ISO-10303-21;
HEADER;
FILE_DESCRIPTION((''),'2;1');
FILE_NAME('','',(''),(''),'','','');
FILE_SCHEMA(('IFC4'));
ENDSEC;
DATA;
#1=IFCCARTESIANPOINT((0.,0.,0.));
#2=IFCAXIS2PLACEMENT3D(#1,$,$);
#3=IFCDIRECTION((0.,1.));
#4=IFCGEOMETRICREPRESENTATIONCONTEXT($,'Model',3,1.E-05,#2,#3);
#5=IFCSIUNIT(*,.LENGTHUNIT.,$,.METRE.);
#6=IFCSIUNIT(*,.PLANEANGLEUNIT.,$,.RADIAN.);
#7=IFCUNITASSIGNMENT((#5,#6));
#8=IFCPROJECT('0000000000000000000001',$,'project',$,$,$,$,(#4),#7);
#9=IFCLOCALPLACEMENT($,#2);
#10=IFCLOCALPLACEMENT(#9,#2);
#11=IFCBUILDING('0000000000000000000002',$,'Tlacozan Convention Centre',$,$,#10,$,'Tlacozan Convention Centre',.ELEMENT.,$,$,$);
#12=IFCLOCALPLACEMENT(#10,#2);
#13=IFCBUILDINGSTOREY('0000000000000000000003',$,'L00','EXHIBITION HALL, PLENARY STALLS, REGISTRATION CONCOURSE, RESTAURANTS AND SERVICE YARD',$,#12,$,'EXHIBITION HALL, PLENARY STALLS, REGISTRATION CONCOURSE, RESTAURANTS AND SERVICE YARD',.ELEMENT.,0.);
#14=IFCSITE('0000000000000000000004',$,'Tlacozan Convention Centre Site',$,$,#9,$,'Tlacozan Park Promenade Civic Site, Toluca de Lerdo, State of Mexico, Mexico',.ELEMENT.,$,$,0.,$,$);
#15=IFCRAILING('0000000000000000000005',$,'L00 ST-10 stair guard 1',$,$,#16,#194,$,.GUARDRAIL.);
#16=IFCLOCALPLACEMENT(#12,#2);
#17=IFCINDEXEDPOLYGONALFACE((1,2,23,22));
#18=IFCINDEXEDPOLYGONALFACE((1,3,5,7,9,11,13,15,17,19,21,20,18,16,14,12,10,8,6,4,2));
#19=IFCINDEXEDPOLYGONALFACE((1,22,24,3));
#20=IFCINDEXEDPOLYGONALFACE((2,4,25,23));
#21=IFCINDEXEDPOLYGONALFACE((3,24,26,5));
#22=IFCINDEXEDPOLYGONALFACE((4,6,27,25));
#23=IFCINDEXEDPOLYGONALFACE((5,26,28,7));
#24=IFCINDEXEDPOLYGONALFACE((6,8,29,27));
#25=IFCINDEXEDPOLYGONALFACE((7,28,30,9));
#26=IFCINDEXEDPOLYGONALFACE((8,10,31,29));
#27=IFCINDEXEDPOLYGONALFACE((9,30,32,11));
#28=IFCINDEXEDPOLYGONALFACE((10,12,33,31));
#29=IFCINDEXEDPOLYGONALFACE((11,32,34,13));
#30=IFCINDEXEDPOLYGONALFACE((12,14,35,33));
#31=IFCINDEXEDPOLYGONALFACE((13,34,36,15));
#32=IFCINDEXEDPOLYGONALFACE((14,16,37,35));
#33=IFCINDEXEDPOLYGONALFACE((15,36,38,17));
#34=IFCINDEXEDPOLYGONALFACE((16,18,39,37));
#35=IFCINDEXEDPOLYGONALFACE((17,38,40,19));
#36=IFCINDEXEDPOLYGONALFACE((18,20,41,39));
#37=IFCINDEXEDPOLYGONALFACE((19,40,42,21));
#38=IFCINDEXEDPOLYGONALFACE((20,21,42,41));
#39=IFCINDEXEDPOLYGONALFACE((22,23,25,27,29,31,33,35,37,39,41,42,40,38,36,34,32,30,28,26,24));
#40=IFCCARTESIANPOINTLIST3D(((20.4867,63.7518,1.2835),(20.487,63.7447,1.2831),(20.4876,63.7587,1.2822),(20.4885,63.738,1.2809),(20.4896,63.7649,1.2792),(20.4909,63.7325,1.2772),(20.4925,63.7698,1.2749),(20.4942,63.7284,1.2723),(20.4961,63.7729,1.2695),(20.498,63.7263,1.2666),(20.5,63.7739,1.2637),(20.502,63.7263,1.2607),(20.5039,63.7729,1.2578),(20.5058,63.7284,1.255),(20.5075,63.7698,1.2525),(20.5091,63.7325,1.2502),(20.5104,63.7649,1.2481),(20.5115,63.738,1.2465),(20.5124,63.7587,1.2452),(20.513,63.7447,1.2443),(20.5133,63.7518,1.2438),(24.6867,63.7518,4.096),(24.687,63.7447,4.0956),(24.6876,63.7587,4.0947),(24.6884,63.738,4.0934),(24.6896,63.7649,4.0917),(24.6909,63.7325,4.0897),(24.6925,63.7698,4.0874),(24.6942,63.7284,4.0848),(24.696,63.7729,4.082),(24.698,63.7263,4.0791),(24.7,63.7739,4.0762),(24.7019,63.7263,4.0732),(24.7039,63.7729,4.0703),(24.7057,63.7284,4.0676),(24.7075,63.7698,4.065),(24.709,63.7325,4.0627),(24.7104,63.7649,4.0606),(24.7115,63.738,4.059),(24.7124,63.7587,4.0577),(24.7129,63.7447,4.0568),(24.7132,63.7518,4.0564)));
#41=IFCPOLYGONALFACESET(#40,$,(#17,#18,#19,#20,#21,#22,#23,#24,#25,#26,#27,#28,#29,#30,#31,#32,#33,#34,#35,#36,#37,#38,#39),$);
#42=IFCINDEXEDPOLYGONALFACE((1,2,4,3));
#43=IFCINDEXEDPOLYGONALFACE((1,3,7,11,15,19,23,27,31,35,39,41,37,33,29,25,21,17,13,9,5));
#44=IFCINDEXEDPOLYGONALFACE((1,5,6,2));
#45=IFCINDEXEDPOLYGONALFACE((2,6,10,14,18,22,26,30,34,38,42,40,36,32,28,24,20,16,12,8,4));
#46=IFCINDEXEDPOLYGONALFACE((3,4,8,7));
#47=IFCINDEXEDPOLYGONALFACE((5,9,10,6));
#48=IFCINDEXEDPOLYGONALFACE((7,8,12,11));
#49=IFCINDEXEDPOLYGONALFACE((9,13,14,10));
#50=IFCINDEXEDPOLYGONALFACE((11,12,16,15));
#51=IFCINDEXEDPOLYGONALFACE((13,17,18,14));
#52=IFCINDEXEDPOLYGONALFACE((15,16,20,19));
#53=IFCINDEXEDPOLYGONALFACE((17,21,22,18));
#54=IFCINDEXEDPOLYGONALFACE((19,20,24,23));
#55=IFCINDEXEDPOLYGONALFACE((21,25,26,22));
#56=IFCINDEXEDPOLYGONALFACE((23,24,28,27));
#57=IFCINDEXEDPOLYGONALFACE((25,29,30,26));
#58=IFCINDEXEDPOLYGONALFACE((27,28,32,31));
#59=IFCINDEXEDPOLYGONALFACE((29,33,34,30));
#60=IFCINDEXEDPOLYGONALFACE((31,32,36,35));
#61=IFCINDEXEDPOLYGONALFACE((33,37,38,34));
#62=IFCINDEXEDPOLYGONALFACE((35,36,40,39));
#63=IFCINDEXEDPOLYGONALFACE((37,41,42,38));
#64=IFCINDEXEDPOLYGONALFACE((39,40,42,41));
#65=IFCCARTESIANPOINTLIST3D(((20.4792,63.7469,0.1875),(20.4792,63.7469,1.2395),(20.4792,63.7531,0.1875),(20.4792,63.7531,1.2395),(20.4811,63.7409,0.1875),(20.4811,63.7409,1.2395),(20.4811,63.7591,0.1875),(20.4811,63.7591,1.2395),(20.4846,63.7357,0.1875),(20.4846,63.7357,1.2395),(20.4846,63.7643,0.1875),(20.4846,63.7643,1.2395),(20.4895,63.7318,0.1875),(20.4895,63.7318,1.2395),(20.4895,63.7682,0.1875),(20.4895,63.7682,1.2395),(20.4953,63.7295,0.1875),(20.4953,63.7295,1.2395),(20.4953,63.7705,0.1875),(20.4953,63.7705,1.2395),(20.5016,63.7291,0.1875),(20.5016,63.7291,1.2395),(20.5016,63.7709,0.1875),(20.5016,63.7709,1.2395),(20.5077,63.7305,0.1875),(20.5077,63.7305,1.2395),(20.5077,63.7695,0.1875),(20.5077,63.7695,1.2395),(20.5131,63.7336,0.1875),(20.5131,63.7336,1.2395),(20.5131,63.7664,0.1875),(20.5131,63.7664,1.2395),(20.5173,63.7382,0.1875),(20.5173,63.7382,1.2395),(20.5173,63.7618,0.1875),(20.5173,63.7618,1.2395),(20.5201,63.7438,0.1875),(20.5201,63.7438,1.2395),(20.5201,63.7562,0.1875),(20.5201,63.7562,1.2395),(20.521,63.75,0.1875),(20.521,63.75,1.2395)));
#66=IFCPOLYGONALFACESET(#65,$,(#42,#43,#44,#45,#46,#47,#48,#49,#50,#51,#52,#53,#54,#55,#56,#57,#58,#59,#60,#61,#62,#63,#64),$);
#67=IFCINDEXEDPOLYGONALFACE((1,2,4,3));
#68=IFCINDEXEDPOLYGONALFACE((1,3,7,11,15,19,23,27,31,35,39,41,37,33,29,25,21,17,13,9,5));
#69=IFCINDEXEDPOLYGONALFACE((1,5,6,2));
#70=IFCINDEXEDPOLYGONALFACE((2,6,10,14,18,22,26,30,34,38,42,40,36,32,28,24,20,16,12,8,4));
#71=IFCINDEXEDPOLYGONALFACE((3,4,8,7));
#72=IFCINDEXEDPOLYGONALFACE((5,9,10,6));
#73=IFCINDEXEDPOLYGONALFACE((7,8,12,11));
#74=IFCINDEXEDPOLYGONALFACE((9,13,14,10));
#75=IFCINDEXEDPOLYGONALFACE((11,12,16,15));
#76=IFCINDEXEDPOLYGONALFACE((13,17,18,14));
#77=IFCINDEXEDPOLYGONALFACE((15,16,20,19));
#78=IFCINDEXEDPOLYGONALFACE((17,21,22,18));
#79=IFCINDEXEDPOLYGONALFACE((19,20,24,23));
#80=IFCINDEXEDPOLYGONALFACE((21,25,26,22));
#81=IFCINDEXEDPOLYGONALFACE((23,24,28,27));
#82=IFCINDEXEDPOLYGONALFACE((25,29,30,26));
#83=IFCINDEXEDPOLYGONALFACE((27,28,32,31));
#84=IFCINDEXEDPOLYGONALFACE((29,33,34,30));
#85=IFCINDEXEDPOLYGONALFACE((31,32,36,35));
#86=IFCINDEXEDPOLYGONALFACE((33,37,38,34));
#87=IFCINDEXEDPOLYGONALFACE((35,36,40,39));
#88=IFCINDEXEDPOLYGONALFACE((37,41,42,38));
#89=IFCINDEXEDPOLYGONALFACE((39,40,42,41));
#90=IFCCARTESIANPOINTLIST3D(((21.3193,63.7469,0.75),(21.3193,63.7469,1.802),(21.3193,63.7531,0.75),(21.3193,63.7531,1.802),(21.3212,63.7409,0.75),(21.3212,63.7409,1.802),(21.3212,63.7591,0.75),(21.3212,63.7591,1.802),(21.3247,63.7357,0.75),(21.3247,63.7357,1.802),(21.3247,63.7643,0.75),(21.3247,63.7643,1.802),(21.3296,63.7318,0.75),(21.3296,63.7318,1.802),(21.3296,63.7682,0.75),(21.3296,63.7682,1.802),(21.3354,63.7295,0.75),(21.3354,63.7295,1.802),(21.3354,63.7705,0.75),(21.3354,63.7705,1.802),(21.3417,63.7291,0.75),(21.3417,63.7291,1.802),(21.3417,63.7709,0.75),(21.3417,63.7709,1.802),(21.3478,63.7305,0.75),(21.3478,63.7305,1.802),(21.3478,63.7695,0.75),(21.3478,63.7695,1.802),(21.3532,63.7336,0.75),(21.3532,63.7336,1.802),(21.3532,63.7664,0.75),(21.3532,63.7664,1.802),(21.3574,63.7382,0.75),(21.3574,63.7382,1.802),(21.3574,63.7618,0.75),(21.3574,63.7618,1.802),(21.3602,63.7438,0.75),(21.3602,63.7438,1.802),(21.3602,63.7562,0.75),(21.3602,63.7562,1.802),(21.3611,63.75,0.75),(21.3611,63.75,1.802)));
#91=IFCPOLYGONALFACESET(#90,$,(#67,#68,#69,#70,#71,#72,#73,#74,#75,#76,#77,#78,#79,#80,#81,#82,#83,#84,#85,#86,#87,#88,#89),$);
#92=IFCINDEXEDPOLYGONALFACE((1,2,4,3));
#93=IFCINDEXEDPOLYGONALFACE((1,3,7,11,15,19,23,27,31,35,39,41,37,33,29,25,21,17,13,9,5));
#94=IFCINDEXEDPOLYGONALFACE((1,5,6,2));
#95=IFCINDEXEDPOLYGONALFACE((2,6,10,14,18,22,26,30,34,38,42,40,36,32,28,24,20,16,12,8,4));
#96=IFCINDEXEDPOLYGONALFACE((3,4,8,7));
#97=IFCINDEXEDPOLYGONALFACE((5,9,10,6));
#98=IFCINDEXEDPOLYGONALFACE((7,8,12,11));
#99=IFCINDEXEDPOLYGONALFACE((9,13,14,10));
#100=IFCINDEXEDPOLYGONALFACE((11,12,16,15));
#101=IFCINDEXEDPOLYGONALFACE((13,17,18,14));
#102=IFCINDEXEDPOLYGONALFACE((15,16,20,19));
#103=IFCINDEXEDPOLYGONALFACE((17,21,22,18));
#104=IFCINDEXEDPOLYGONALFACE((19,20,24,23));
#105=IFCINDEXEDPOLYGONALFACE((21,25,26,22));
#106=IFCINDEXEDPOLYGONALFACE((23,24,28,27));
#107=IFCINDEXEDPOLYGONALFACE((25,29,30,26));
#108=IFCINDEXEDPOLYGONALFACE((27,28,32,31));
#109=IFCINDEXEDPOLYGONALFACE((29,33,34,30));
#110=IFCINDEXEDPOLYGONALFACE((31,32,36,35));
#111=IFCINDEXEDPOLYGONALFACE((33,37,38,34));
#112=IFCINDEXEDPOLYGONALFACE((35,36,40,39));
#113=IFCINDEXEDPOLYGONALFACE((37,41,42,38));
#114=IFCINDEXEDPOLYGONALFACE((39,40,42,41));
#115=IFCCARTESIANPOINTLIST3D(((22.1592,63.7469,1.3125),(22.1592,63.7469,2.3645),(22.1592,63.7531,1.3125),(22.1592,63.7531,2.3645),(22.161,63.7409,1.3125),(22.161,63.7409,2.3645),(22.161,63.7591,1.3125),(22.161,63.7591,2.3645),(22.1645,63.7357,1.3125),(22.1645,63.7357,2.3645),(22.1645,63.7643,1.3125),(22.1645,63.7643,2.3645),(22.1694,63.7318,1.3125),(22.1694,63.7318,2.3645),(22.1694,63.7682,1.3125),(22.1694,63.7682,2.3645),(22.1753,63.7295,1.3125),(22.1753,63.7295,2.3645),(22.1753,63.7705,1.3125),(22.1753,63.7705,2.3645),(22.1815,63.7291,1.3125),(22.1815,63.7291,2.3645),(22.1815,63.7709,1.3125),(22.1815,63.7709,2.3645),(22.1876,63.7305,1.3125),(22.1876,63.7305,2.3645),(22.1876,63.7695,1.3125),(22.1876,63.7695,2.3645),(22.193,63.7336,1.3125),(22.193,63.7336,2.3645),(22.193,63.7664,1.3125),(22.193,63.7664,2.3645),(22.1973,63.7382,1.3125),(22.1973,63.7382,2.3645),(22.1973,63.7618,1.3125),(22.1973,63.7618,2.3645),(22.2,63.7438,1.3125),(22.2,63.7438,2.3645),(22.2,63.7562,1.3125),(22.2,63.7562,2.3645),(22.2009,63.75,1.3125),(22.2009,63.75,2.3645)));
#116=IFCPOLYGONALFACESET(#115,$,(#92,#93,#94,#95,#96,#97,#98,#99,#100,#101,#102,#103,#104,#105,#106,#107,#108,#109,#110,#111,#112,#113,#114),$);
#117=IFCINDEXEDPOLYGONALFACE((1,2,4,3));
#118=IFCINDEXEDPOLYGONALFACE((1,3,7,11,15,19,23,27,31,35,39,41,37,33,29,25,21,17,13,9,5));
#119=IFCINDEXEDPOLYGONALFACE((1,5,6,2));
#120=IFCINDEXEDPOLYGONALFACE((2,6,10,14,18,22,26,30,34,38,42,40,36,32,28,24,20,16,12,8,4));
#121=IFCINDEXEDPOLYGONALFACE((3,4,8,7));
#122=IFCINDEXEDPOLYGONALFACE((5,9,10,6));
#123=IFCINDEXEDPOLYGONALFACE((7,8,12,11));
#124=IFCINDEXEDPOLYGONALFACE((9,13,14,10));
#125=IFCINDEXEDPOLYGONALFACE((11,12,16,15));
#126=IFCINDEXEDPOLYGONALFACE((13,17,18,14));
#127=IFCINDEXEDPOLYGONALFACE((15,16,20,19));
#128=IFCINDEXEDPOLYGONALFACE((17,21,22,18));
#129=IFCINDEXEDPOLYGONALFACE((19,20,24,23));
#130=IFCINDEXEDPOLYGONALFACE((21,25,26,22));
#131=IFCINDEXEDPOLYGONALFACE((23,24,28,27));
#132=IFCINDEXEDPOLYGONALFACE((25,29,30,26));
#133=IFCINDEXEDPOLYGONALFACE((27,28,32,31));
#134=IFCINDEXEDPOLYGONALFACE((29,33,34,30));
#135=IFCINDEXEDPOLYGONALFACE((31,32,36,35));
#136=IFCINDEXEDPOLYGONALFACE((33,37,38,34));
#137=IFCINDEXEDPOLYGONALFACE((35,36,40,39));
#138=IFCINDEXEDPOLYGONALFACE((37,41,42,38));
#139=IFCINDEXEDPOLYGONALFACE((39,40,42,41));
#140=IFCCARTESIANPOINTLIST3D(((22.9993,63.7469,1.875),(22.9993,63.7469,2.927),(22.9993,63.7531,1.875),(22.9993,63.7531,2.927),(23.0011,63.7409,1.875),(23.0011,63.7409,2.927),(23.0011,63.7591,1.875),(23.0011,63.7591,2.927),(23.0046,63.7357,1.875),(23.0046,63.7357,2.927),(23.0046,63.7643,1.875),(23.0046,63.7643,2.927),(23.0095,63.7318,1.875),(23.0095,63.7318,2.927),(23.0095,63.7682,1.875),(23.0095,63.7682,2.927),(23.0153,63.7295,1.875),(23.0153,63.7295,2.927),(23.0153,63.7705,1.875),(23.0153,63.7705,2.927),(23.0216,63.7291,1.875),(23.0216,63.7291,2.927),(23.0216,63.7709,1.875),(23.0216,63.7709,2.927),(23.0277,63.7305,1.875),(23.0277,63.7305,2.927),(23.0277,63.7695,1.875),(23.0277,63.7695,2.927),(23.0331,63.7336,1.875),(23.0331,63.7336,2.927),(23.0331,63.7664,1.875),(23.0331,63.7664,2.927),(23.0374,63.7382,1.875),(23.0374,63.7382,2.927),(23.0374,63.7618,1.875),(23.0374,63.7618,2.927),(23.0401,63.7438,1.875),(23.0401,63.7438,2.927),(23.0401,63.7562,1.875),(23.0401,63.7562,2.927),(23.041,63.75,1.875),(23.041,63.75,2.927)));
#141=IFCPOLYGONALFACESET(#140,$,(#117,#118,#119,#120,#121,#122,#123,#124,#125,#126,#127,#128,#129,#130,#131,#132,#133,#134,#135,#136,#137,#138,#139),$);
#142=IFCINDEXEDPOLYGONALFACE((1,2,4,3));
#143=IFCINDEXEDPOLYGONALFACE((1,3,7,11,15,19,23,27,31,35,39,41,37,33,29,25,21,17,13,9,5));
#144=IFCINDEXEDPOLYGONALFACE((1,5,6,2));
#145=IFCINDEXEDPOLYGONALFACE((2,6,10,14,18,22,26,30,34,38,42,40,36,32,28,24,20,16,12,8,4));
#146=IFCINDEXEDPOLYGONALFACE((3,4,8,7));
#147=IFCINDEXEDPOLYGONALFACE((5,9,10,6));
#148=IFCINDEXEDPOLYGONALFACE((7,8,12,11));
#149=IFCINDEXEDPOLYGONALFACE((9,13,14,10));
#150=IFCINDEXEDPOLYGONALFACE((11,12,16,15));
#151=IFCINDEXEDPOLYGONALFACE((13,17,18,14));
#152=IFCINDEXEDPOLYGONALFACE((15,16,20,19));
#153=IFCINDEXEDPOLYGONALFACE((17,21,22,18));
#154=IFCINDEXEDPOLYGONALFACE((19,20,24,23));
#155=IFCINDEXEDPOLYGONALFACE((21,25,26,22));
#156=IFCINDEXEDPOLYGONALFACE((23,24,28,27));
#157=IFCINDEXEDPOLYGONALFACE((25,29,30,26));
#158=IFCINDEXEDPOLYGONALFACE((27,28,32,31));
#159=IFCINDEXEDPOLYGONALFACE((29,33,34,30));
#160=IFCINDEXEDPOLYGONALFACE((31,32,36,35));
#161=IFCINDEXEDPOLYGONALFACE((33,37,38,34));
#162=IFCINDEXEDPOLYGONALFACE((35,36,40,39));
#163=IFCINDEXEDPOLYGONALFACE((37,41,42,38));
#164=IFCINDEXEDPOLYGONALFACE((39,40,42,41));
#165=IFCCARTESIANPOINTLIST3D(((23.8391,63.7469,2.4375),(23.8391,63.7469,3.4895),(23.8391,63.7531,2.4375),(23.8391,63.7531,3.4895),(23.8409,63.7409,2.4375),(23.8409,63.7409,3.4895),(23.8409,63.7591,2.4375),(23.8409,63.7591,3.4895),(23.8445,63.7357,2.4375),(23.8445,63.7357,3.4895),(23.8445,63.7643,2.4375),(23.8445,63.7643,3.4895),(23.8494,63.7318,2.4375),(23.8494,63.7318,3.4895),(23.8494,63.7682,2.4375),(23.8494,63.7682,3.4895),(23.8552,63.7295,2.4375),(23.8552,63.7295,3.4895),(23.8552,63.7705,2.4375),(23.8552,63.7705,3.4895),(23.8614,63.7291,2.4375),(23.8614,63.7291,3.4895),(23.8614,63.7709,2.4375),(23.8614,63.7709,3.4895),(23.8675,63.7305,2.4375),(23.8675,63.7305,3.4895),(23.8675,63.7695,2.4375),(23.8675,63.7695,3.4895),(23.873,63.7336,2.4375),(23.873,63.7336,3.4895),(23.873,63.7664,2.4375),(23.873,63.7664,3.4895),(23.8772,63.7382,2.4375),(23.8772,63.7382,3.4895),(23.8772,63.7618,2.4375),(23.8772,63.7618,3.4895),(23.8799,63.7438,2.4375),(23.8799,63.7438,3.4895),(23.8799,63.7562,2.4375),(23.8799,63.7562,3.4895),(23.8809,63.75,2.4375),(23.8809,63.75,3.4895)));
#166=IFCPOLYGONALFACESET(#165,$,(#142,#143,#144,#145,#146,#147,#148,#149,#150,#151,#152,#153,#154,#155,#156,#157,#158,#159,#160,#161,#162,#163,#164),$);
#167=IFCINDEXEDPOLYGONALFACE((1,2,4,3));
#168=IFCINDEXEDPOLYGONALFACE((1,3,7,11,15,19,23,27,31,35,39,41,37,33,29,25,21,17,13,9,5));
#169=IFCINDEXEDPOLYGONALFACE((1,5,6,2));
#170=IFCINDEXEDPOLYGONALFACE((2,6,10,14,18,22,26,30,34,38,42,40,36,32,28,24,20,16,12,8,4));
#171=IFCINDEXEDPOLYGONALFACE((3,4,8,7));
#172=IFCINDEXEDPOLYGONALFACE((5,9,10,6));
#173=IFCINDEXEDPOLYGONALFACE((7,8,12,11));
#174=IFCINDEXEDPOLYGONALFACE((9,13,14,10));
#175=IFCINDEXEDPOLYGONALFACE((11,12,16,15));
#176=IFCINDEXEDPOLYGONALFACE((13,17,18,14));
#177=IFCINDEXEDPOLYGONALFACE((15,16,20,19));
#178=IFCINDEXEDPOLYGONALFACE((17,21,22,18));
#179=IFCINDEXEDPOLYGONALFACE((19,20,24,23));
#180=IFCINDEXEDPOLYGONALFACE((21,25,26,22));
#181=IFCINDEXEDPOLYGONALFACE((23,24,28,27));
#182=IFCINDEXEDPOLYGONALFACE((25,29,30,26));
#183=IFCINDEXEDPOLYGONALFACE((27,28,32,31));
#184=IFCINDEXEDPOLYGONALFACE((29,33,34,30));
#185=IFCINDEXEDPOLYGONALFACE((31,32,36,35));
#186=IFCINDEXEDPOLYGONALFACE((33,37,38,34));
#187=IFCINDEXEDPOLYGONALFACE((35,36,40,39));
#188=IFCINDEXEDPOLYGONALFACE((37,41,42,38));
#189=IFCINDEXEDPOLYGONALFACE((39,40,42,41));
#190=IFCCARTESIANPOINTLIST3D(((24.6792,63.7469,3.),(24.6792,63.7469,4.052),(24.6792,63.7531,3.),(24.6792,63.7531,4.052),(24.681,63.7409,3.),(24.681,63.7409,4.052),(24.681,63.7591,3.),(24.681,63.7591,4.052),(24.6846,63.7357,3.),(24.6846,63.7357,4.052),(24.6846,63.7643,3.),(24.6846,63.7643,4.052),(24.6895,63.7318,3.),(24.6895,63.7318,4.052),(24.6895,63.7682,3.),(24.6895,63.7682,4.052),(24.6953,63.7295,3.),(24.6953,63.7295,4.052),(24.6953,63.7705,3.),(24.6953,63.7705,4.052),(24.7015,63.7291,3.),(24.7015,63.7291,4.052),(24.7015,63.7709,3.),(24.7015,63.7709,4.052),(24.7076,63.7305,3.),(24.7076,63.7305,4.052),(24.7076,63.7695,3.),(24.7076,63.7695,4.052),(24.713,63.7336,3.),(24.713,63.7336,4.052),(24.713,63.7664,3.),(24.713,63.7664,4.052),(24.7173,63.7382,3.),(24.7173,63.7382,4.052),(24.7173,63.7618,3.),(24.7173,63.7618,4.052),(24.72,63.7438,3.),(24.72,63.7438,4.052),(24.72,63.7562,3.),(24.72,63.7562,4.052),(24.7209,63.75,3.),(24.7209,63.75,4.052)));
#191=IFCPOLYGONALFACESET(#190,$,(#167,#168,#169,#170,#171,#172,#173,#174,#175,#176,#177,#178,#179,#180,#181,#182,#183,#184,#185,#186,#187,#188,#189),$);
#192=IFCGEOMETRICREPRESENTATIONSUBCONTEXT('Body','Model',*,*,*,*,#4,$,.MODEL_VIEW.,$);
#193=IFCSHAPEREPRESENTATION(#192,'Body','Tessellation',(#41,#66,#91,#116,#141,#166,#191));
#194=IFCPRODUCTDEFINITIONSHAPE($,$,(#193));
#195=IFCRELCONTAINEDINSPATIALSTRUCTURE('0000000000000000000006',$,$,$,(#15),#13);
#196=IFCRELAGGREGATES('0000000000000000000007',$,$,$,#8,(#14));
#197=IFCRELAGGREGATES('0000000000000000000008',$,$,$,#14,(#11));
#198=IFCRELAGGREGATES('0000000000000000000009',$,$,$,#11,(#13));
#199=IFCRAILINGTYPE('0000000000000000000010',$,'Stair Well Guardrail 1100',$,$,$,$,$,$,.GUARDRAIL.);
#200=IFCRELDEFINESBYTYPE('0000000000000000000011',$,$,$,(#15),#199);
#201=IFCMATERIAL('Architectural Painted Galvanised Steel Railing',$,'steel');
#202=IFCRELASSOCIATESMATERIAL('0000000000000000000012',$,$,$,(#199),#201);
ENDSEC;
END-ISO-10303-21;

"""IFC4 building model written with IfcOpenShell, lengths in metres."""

from ifc_helpers import new_model, si_unit, direction, frame, origin, origin_2d, place, context, subcontext, project, spatial, circle, extrude, material, type_object, element, save


model = new_model("IFC4")

# Units and contexts
model_context = context("Model", 3, precision=1e-05, world=origin(), true_north=direction((0.0, 1.0)))
body_context = subcontext(model_context, "Body", "Model", "MODEL_VIEW")
ifc_project = project(units=[si_unit("LENGTHUNIT", "METRE"), si_unit("PLANEANGLEUNIT", "RADIAN")], contexts=[model_context])

# Site, building, storey
site_placement = place(None, origin())
site = spatial("IfcSite", under=ifc_project, at=site_placement, Name="Tlacozan Convention Centre Site", LongName="Tlacozan Park Promenade Civic Site, Toluca de Lerdo, State of Mexico, Mexico", CompositionType="ELEMENT", RefElevation=0.0)
building_placement = place(site_placement, origin())
building = spatial("IfcBuilding", under=site, at=building_placement, Name="Tlacozan Convention Centre", LongName="Tlacozan Convention Centre", CompositionType="ELEMENT")
storey_placement = place(building_placement, origin())
storey = spatial("IfcBuildingStorey", under=building, at=storey_placement, Name="L00", Description="EXHIBITION HALL, PLENARY STALLS, REGISTRATION CONCOURSE, RESTAURANTS AND SERVICE YARD", LongName="EXHIBITION HALL, PLENARY STALLS, REGISTRATION CONCOURSE, RESTAURANTS AND SERVICE YARD", CompositionType="ELEMENT", Elevation=0.0)

# Railing
ifc_material_1 = material(Name="Architectural Painted Galvanised Steel Railing", Category="steel")
railing_type_1 = type_object("IfcRailingType", Name="Stair Well Guardrail 1100", PredefinedType="GUARDRAIL", material=ifc_material_1)
railing_1_placement = place(storey_placement, frame((20.5, 63.75, 0.1875)))
element("IfcRailing", 1, at=railing_1_placement, inside=storey, type_object=railing_type_1, Name="L00 ST-10 stair guard 1", PredefinedType="GUARDRAIL", context=body_context, shape_type="SweptSolid", body=[
    extrude(circle(Radius=0.0239, at=origin_2d()), frame((0.0, 0.0, 1.0762), z_axis=(0.830904, 0.0, 0.556416), x_axis=(0.0, 1.0, 0.0)), (0.0, 0.0, 1.0), 5.0547),
    extrude(circle(Radius=0.021, at=origin_2d()), origin(), (0.0, 0.0, 1.0), 1.052),
    extrude(circle(Radius=0.021, at=origin_2d()), frame((0.8401, 0.0, 0.5625)), (0.0, 0.0, 1.0), 1.052),
    extrude(circle(Radius=0.021, at=origin_2d()), frame((1.6799, 0.0, 1.125)), (0.0, 0.0, 1.0), 1.052),
    extrude(circle(Radius=0.021, at=origin_2d()), frame((2.52, 0.0, 1.6875)), (0.0, 0.0, 1.0), 1.052),
    extrude(circle(Radius=0.021, at=origin_2d()), frame((3.3599, 0.0, 2.25)), (0.0, 0.0, 1.0), 1.052),
    extrude(circle(Radius=0.021, at=origin_2d()), frame((4.2, 0.0, 2.8125)), (0.0, 0.0, 1.0), 1.052),
])

save(model, "model.ifc")
